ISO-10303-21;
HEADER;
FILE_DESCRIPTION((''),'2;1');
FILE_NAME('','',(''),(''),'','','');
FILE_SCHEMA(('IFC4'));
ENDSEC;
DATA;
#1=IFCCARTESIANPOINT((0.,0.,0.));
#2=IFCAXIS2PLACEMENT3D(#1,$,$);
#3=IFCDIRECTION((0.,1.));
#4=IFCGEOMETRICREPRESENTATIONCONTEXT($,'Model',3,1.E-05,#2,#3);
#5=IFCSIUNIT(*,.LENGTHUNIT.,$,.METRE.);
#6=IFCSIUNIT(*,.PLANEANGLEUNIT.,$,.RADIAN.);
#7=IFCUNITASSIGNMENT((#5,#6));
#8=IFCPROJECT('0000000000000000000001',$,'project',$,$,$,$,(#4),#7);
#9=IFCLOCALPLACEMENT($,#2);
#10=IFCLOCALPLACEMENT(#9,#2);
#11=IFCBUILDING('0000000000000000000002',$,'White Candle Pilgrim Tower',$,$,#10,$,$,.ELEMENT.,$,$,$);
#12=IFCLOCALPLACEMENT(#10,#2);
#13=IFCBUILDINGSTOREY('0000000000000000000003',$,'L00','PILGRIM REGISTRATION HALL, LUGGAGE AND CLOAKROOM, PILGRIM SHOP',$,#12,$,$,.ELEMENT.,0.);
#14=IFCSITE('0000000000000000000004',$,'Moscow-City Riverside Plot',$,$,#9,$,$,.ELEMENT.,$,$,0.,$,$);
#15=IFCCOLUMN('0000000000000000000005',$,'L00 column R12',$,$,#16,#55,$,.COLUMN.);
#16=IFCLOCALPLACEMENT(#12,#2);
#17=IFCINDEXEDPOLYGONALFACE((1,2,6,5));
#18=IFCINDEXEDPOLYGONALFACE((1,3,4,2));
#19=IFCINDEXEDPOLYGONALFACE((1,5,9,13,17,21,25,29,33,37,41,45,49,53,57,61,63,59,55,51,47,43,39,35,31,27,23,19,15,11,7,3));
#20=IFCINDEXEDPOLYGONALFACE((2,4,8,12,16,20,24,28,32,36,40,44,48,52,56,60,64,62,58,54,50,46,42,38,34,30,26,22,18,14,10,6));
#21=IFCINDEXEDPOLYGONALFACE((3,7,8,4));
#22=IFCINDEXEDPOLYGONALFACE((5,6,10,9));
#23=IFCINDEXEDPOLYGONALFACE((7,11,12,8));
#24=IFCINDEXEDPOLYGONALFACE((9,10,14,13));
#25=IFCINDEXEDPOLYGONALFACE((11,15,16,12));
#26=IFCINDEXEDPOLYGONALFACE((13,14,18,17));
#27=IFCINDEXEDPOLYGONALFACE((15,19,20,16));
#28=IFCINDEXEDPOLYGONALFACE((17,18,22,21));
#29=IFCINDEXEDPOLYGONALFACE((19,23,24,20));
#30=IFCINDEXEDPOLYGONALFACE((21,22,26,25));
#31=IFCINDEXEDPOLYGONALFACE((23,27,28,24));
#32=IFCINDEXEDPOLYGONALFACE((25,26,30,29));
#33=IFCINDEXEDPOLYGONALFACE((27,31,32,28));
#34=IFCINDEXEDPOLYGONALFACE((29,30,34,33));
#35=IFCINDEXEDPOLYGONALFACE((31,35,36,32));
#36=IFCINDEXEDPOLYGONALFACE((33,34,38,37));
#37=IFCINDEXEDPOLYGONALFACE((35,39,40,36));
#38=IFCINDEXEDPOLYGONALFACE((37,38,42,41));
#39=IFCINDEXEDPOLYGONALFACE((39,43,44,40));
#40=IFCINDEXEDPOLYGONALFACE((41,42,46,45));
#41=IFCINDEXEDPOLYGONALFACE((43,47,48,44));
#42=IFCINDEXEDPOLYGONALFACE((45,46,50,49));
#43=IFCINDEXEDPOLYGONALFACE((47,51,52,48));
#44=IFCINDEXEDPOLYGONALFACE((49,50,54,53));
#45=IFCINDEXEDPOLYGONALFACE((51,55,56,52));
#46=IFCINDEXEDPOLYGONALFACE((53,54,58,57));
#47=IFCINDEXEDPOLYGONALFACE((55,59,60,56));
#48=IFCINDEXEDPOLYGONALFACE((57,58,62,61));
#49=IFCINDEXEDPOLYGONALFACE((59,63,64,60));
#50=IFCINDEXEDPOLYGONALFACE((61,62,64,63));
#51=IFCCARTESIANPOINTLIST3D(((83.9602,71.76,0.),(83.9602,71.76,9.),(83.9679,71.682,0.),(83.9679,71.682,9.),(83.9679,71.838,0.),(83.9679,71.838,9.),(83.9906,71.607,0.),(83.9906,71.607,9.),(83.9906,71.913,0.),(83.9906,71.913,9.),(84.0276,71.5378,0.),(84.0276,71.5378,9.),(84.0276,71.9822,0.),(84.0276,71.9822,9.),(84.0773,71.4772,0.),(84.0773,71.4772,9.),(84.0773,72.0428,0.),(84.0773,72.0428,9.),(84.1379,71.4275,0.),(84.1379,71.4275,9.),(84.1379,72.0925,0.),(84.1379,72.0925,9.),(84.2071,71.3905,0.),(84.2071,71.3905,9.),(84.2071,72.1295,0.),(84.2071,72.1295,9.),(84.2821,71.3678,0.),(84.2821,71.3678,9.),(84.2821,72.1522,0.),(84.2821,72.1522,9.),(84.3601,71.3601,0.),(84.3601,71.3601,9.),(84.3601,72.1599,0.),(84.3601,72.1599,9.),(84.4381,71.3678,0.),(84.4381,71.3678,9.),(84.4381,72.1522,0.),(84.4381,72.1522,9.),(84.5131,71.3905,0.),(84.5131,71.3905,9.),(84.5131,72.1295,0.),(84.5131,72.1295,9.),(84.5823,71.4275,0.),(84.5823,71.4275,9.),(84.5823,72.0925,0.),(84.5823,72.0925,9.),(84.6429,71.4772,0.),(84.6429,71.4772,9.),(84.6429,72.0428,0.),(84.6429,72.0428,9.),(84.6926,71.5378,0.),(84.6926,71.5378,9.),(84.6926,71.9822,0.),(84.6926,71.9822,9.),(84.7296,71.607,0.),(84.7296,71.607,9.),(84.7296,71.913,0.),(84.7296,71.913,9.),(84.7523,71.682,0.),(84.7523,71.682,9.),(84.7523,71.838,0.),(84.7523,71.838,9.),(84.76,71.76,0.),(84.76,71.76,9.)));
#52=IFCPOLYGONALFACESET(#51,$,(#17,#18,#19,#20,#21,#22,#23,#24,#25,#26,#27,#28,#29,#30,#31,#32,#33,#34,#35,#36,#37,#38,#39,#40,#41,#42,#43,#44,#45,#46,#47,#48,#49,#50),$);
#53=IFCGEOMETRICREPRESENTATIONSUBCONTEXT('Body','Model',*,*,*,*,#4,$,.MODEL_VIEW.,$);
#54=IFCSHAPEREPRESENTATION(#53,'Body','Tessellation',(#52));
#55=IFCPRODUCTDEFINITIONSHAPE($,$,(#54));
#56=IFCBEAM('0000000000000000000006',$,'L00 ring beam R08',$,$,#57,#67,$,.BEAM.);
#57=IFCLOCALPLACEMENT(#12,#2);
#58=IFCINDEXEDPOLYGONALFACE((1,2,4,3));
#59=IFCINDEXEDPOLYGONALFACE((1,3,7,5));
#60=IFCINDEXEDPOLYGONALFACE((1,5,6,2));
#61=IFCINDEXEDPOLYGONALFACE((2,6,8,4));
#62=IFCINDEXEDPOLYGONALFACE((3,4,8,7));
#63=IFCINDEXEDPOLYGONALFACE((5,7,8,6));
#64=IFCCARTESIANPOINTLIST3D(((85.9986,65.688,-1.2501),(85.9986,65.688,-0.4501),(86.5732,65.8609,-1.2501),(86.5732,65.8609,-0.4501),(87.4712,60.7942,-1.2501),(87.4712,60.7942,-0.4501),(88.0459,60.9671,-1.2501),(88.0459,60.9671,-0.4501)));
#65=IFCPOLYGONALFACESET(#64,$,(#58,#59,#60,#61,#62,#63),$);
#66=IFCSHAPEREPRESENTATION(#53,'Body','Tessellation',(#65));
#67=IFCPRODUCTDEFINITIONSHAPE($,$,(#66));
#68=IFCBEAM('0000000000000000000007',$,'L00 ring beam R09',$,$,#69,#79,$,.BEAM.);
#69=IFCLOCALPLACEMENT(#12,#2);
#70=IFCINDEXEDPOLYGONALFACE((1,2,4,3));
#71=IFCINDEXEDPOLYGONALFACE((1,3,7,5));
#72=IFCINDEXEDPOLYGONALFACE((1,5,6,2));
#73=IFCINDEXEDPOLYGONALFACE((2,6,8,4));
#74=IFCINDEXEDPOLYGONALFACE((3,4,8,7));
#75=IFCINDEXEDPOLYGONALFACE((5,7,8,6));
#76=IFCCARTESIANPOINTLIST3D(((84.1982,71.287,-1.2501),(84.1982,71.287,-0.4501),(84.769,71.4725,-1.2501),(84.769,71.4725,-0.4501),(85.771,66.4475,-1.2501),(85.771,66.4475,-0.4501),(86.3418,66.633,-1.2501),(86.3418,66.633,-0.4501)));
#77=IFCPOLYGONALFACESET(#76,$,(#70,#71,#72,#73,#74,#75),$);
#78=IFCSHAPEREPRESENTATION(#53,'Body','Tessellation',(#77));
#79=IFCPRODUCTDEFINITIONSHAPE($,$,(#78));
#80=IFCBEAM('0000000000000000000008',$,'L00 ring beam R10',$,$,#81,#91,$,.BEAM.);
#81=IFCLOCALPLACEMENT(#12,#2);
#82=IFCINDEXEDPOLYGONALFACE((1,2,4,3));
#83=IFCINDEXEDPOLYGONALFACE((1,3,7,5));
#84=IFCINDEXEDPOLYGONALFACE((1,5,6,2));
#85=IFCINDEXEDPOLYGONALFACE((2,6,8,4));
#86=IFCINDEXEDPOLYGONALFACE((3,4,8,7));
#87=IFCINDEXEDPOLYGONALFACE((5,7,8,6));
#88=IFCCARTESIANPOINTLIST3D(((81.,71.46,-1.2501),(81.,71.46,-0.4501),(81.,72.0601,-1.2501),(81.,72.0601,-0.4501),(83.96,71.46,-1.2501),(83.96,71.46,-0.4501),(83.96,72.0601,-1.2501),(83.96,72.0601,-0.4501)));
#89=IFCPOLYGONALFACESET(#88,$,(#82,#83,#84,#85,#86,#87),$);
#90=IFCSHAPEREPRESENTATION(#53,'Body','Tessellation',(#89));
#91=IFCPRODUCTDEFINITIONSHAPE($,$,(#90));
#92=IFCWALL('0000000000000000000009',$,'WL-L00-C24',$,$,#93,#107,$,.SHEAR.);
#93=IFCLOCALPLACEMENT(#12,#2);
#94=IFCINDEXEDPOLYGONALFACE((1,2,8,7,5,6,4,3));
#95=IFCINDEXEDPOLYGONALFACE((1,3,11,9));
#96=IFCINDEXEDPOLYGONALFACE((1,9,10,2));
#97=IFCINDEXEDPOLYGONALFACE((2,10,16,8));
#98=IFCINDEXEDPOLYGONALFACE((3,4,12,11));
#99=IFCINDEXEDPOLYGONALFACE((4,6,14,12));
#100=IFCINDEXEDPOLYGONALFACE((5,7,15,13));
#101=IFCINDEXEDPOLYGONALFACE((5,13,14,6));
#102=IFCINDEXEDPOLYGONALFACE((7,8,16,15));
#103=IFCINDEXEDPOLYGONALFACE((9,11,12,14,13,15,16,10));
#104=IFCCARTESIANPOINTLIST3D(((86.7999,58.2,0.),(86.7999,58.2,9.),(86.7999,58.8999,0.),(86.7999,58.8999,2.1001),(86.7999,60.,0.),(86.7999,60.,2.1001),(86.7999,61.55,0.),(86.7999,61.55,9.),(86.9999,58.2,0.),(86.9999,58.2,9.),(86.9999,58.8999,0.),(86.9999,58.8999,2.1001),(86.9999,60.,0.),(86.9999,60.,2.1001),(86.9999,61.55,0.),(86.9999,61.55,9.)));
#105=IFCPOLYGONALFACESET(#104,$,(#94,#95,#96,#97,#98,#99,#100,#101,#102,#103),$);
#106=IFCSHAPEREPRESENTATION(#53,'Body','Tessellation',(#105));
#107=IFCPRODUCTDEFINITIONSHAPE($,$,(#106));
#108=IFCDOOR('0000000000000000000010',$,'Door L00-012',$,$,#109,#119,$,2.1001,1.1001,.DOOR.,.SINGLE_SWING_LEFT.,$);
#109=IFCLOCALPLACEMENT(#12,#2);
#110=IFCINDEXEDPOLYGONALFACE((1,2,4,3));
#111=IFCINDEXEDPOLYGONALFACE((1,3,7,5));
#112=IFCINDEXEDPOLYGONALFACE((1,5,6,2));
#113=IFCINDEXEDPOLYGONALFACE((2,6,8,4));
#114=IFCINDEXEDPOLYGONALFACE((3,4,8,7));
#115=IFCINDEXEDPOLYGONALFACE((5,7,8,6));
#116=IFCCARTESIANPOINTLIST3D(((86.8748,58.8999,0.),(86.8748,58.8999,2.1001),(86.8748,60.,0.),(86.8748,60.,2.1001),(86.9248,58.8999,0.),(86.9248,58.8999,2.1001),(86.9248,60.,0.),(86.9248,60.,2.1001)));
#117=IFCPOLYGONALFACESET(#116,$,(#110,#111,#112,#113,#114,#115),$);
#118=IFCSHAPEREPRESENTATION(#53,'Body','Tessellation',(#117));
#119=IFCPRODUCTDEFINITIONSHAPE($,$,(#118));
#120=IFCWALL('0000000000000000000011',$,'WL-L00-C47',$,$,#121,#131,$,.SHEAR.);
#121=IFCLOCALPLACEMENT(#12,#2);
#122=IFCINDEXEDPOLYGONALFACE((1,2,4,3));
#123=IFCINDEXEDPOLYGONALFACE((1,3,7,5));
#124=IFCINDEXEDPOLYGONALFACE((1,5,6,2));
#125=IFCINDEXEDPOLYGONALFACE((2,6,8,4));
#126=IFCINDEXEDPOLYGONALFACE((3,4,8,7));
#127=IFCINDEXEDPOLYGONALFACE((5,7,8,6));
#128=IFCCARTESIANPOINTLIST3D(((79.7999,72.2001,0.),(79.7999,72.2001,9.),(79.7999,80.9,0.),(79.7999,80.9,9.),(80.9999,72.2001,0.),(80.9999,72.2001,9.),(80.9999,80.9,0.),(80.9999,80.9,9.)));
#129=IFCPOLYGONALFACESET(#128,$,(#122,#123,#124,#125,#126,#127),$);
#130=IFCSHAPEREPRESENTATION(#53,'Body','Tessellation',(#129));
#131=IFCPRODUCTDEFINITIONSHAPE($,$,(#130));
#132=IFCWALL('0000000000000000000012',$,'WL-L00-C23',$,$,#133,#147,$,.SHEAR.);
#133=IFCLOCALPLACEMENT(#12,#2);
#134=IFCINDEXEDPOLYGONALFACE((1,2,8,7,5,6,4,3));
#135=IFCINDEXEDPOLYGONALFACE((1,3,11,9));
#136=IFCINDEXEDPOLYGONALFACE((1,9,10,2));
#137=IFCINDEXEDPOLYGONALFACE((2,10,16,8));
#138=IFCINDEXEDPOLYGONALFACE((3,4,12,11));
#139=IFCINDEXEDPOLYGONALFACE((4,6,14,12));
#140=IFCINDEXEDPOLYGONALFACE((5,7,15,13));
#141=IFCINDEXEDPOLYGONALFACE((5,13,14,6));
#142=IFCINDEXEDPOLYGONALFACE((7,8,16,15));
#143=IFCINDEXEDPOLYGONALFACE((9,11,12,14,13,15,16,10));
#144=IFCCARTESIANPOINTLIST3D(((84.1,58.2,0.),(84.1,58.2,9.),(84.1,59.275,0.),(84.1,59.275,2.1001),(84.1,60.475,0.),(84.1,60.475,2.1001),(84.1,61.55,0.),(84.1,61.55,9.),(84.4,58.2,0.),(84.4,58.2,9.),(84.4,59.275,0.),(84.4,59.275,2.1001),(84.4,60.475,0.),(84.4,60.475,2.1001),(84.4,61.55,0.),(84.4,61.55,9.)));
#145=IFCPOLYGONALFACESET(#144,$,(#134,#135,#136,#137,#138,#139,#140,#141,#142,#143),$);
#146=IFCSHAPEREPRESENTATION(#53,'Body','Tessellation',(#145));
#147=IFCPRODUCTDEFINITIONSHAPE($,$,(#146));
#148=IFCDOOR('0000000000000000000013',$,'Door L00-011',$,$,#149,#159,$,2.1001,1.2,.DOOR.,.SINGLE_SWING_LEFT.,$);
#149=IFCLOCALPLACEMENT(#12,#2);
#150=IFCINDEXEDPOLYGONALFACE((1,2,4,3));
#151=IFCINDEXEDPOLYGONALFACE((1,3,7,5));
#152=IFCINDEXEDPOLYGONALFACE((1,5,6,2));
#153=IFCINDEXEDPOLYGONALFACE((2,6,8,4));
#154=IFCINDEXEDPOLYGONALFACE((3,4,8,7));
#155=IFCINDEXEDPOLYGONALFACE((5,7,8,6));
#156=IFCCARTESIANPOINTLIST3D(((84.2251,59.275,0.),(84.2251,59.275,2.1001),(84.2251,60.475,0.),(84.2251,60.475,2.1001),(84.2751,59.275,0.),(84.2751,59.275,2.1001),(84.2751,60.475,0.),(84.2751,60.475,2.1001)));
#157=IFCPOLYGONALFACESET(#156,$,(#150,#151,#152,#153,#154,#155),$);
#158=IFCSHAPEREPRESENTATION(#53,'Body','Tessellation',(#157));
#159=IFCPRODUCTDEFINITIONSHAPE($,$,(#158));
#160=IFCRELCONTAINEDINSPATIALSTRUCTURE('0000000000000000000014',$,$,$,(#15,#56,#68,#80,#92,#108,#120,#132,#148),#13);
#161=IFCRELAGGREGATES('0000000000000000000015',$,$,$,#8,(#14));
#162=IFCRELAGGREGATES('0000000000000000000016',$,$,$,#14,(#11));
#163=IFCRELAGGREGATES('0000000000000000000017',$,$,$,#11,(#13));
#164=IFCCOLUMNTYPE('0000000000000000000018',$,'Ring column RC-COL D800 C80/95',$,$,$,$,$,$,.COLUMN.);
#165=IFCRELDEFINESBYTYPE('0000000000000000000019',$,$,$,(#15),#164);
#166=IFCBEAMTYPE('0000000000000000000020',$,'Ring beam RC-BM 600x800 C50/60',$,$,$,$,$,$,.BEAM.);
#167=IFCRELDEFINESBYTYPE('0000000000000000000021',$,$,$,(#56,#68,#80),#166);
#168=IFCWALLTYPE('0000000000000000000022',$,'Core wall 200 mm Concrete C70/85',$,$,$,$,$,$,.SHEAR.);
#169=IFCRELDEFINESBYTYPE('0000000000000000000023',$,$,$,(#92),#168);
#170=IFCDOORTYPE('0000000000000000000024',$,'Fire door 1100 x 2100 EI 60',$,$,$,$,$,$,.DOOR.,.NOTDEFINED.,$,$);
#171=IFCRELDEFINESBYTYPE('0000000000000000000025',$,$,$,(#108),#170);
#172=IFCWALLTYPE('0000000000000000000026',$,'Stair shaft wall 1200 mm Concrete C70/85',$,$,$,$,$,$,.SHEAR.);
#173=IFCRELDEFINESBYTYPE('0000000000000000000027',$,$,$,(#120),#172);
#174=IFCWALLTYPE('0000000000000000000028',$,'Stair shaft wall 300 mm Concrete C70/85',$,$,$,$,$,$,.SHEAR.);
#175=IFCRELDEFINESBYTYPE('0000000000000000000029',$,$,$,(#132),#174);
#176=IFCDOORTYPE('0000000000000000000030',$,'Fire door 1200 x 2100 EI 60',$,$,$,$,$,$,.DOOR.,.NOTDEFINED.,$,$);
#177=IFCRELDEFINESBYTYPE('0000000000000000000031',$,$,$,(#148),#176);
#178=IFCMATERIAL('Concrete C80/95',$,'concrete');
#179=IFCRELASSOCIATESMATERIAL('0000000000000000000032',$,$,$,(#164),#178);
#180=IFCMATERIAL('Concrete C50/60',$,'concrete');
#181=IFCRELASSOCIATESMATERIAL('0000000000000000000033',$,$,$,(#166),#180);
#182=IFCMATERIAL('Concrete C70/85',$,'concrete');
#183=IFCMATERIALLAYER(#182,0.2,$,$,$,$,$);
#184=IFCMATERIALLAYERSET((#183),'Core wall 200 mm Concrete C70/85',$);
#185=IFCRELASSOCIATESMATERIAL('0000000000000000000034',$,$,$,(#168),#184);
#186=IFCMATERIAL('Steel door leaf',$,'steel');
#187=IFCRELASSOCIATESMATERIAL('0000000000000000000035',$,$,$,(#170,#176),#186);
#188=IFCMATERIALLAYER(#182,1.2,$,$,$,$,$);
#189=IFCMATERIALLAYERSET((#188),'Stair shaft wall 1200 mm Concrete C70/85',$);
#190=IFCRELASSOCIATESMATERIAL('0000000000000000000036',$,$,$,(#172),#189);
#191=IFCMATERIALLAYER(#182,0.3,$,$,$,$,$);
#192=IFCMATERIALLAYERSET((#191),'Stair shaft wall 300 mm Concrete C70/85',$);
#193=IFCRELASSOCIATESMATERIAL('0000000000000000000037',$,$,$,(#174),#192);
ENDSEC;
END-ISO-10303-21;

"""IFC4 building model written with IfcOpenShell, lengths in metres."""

from ifc_helpers import new_model, si_unit, direction, frame, frame_2d, origin, origin_2d, place, context, subcontext, project, spatial, rectangle, circle, extrude, material, layer, layer_set, material_profile, profile_set, type_object, element, fill, save


model = new_model("IFC4")

# Units and contexts
model_context = context("Model", 3, precision=1e-05, world=origin(), true_north=direction((0.0, 1.0)))
body_context = subcontext(model_context, "Body", "Model", "MODEL_VIEW")
ifc_project = project(units=[si_unit("LENGTHUNIT", "METRE"), si_unit("PLANEANGLEUNIT", "RADIAN")], contexts=[model_context])

# Site, building, storey
site_placement = place(None, origin())
site = spatial("IfcSite", under=ifc_project, at=site_placement, Name="Moscow-City Riverside Plot", CompositionType="ELEMENT", RefElevation=0.0)
building_placement = place(site_placement, origin())
building = spatial("IfcBuilding", under=site, at=building_placement, Name="White Candle Pilgrim Tower", CompositionType="ELEMENT")
storey_placement = place(building_placement, origin())
storey = spatial("IfcBuildingStorey", under=building, at=storey_placement, Name="L00", Description="PILGRIM REGISTRATION HALL, LUGGAGE AND CLOAKROOM, PILGRIM SHOP", CompositionType="ELEMENT", Elevation=0.0)

# Column
ifc_material_1 = material(Name="Concrete C80/95", Category="concrete")
ifc_material_profile_1 = material_profile(ifc_material_1, circle(Radius=0.3999, at=origin_2d()), Name="RC-COL D800")
ifc_profile_set_1 = profile_set([ifc_material_profile_1], Name="Concrete C80/95")
column_type_1 = type_object("IfcColumnType", Name="Ring column RC-COL D800 C80/95", PredefinedType="COLUMN", material=ifc_profile_set_1)
for number, where, z_axis, x_axis, name in (
    (1, (84.3601, 71.76, 0.0), (0.0, 0.0, 1.0), (1.0, 0.0, 0.0), "L00 column R12"),
):
    element("IfcColumn", number, at=place(storey_placement, frame(where, z_axis=z_axis, x_axis=x_axis)), inside=storey, type_object=column_type_1, Name=name, PredefinedType="COLUMN", context=body_context, shape_type="SweptSolid", body=[
        extrude(circle(Radius=0.3999, at=origin_2d()), origin(), (0.0, 0.0, 1.0), 9.0),
    ])

# Beams
ifc_material_2 = material(Name="Concrete C50/60", Category="concrete")
ifc_material_profile_2 = material_profile(ifc_material_2, rectangle(XDim=0.6001, YDim=0.8, at=origin_2d()), Name="RC-BM 600x800")
ifc_profile_set_2 = profile_set([ifc_material_profile_2], Name="Concrete C50/60")
beam_type = type_object("IfcBeamType", Name="Ring beam RC-BM 600x800 C50/60", PredefinedType="BEAM", material=ifc_profile_set_2)
beam_1_placement = place(storey_placement, frame((87.7585, 60.8806, -0.8501), z_axis=(-0.288159, 0.957583, 0.0), x_axis=(-0.957583, -0.288159, 0.0)))
element("IfcBeam", 2, at=beam_1_placement, inside=storey, type_object=beam_type, Name="L00 ring beam R08", PredefinedType="BEAM", context=body_context, shape_type="SweptSolid", body=[
    extrude(rectangle(XDim=0.6001, YDim=0.8, at=origin_2d()), origin(), (0.0, 0.0, 1.0), 5.1106),
])
beam_2_placement = place(storey_placement, frame((86.0564, 66.5403, -0.8501), z_axis=(-0.30908, 0.951036, 0.0), x_axis=(-0.951036, -0.30908, 0.0)))
element("IfcBeam", 3, at=beam_2_placement, inside=storey, type_object=beam_type, Name="L00 ring beam R09", PredefinedType="BEAM", context=body_context, shape_type="SweptSolid", body=[
    extrude(rectangle(XDim=0.6001, YDim=0.8, at=origin_2d()), origin(), (0.0, 0.0, 1.0), 5.0886),
])
beam_3_placement = place(storey_placement, frame((83.96, 71.76, -0.8501), z_axis=(-1.0, 0.0, 0.0), x_axis=(0.0, -1.0, 0.0)))
element("IfcBeam", 4, at=beam_3_placement, inside=storey, type_object=beam_type, Name="L00 ring beam R10", PredefinedType="BEAM", context=body_context, shape_type="SweptSolid", body=[
    extrude(rectangle(XDim=0.6001, YDim=0.8, at=origin_2d()), origin(), (0.0, 0.0, 1.0), 2.96),
])

# Wall, opening, door
ifc_material_3 = material(Name="Concrete C70/85", Category="concrete")
ifc_layer_1 = layer(ifc_material_3, 0.2)
ifc_layer_set_1 = layer_set([ifc_layer_1], Name="Core wall 200 mm Concrete C70/85")
wall_type_1 = type_object("IfcWallType", Name="Core wall 200 mm Concrete C70/85", PredefinedType="SHEAR", material=ifc_layer_set_1)
wall_1_placement = place(storey_placement, frame((86.8999, 58.2, 0.0), z_axis=(0.0, 0.0, 1.0), x_axis=(0.0, 1.0, 0.0)))
wall_1 = element("IfcWall", 5, at=wall_1_placement, inside=storey, type_object=wall_type_1, Name="WL-L00-C24", PredefinedType="SHEAR", context=body_context, shape_type="SweptSolid", body=[
    extrude(rectangle(XDim=3.3501, YDim=0.2, at=frame_2d((1.675, 0.0))), origin(), (0.0, 0.0, 1.0), 9.0),
])
opening_1_placement = place(wall_1_placement, frame((0.7, 0.0, 0.0)))
opening_1 = element("IfcOpeningElement", 6, at=opening_1_placement, cuts=wall_1, PredefinedType="OPENING", context=body_context, shape_type="SweptSolid", body=[
    extrude(rectangle(XDim=1.1001, YDim=2.1001, at=frame_2d((0.55, 1.05))), frame((0.0, 0.1099, 0.0), z_axis=(0.0, -1.0, 0.0), x_axis=(1.0, 0.0, 0.0)), (0.0, 0.0, 1.0), 0.22),
])
ifc_material_4 = material(Name="Steel door leaf", Category="steel")
door_type_1 = type_object("IfcDoorType", Name="Fire door 1100 x 2100 EI 60", OperationType="NOTDEFINED", PredefinedType="DOOR", material=ifc_material_4)
door_1_placement = place(opening_1_placement, frame((1.1001, 0.0, 0.0), z_axis=(0.0, 0.0, 1.0), x_axis=(-1.0, 0.0, 0.0)))
door_1 = element("IfcDoor", 7, at=door_1_placement, inside=storey, type_object=door_type_1, Name="Door L00-012", OperationType="SINGLE_SWING_LEFT", OverallHeight=2.1001, OverallWidth=1.1001, PredefinedType="DOOR", context=body_context, shape_type="SweptSolid", body=[
    extrude(rectangle(XDim=1.1001, YDim=2.1001, at=frame_2d((0.55, 1.05))), frame((0.0, 0.0249, 0.0), z_axis=(0.0, -1.0, 0.0), x_axis=(1.0, 0.0, 0.0)), (0.0, 0.0, 1.0), 0.05),
])
fill(opening_1, door_1)

# Wall
ifc_layer_2 = layer(ifc_material_3, 1.2)
ifc_layer_set_2 = layer_set([ifc_layer_2], Name="Stair shaft wall 1200 mm Concrete C70/85")
wall_type_2 = type_object("IfcWallType", Name="Stair shaft wall 1200 mm Concrete C70/85", PredefinedType="SHEAR", material=ifc_layer_set_2)
wall_2_placement = place(storey_placement, frame((80.3999, 72.2, 0.0), z_axis=(0.0, 0.0, 1.0), x_axis=(0.0, 1.0, 0.0)))
element("IfcWall", 8, at=wall_2_placement, inside=storey, type_object=wall_type_2, Name="WL-L00-C47", PredefinedType="SHEAR", context=body_context, shape_type="SweptSolid", body=[
    extrude(rectangle(XDim=8.7, YDim=1.2, at=frame_2d((4.3501, 0.0))), origin(), (0.0, 0.0, 1.0), 9.0),
])

# Wall, opening, door
ifc_layer_3 = layer(ifc_material_3, 0.3)
ifc_layer_set_3 = layer_set([ifc_layer_3], Name="Stair shaft wall 300 mm Concrete C70/85")
wall_type_3 = type_object("IfcWallType", Name="Stair shaft wall 300 mm Concrete C70/85", PredefinedType="SHEAR", material=ifc_layer_set_3)
wall_3_placement = place(storey_placement, frame((84.25, 58.2, 0.0), z_axis=(0.0, 0.0, 1.0), x_axis=(0.0, 1.0, 0.0)))
wall_3 = element("IfcWall", 9, at=wall_3_placement, inside=storey, type_object=wall_type_3, Name="WL-L00-C23", PredefinedType="SHEAR", context=body_context, shape_type="SweptSolid", body=[
    extrude(rectangle(XDim=3.3501, YDim=0.3, at=frame_2d((1.675, 0.0))), origin(), (0.0, 0.0, 1.0), 9.0),
])
opening_2_placement = place(wall_3_placement, frame((1.075, 0.0, 0.0)))
opening_2 = element("IfcOpeningElement", 10, at=opening_2_placement, cuts=wall_3, PredefinedType="OPENING", context=body_context, shape_type="SweptSolid", body=[
    extrude(rectangle(XDim=1.2, YDim=2.1001, at=frame_2d((0.6001, 1.05))), frame((0.0, 0.1599, 0.0), z_axis=(0.0, -1.0, 0.0), x_axis=(1.0, 0.0, 0.0)), (0.0, 0.0, 1.0), 0.3201),
])
door_type_2 = type_object("IfcDoorType", Name="Fire door 1200 x 2100 EI 60", OperationType="NOTDEFINED", PredefinedType="DOOR", material=ifc_material_4)
door_2_placement = place(opening_2_placement, origin())
door_2 = element("IfcDoor", 11, at=door_2_placement, inside=storey, type_object=door_type_2, Name="Door L00-011", OperationType="SINGLE_SWING_LEFT", OverallHeight=2.1001, OverallWidth=1.2, PredefinedType="DOOR", context=body_context, shape_type="SweptSolid", body=[
    extrude(rectangle(XDim=1.2, YDim=2.1001, at=frame_2d((0.6001, 1.05))), frame((0.0, 0.0249, 0.0), z_axis=(0.0, -1.0, 0.0), x_axis=(1.0, 0.0, 0.0)), (0.0, 0.0, 1.0), 0.05),
])
fill(opening_2, door_2)

save(model, "model.ifc")
